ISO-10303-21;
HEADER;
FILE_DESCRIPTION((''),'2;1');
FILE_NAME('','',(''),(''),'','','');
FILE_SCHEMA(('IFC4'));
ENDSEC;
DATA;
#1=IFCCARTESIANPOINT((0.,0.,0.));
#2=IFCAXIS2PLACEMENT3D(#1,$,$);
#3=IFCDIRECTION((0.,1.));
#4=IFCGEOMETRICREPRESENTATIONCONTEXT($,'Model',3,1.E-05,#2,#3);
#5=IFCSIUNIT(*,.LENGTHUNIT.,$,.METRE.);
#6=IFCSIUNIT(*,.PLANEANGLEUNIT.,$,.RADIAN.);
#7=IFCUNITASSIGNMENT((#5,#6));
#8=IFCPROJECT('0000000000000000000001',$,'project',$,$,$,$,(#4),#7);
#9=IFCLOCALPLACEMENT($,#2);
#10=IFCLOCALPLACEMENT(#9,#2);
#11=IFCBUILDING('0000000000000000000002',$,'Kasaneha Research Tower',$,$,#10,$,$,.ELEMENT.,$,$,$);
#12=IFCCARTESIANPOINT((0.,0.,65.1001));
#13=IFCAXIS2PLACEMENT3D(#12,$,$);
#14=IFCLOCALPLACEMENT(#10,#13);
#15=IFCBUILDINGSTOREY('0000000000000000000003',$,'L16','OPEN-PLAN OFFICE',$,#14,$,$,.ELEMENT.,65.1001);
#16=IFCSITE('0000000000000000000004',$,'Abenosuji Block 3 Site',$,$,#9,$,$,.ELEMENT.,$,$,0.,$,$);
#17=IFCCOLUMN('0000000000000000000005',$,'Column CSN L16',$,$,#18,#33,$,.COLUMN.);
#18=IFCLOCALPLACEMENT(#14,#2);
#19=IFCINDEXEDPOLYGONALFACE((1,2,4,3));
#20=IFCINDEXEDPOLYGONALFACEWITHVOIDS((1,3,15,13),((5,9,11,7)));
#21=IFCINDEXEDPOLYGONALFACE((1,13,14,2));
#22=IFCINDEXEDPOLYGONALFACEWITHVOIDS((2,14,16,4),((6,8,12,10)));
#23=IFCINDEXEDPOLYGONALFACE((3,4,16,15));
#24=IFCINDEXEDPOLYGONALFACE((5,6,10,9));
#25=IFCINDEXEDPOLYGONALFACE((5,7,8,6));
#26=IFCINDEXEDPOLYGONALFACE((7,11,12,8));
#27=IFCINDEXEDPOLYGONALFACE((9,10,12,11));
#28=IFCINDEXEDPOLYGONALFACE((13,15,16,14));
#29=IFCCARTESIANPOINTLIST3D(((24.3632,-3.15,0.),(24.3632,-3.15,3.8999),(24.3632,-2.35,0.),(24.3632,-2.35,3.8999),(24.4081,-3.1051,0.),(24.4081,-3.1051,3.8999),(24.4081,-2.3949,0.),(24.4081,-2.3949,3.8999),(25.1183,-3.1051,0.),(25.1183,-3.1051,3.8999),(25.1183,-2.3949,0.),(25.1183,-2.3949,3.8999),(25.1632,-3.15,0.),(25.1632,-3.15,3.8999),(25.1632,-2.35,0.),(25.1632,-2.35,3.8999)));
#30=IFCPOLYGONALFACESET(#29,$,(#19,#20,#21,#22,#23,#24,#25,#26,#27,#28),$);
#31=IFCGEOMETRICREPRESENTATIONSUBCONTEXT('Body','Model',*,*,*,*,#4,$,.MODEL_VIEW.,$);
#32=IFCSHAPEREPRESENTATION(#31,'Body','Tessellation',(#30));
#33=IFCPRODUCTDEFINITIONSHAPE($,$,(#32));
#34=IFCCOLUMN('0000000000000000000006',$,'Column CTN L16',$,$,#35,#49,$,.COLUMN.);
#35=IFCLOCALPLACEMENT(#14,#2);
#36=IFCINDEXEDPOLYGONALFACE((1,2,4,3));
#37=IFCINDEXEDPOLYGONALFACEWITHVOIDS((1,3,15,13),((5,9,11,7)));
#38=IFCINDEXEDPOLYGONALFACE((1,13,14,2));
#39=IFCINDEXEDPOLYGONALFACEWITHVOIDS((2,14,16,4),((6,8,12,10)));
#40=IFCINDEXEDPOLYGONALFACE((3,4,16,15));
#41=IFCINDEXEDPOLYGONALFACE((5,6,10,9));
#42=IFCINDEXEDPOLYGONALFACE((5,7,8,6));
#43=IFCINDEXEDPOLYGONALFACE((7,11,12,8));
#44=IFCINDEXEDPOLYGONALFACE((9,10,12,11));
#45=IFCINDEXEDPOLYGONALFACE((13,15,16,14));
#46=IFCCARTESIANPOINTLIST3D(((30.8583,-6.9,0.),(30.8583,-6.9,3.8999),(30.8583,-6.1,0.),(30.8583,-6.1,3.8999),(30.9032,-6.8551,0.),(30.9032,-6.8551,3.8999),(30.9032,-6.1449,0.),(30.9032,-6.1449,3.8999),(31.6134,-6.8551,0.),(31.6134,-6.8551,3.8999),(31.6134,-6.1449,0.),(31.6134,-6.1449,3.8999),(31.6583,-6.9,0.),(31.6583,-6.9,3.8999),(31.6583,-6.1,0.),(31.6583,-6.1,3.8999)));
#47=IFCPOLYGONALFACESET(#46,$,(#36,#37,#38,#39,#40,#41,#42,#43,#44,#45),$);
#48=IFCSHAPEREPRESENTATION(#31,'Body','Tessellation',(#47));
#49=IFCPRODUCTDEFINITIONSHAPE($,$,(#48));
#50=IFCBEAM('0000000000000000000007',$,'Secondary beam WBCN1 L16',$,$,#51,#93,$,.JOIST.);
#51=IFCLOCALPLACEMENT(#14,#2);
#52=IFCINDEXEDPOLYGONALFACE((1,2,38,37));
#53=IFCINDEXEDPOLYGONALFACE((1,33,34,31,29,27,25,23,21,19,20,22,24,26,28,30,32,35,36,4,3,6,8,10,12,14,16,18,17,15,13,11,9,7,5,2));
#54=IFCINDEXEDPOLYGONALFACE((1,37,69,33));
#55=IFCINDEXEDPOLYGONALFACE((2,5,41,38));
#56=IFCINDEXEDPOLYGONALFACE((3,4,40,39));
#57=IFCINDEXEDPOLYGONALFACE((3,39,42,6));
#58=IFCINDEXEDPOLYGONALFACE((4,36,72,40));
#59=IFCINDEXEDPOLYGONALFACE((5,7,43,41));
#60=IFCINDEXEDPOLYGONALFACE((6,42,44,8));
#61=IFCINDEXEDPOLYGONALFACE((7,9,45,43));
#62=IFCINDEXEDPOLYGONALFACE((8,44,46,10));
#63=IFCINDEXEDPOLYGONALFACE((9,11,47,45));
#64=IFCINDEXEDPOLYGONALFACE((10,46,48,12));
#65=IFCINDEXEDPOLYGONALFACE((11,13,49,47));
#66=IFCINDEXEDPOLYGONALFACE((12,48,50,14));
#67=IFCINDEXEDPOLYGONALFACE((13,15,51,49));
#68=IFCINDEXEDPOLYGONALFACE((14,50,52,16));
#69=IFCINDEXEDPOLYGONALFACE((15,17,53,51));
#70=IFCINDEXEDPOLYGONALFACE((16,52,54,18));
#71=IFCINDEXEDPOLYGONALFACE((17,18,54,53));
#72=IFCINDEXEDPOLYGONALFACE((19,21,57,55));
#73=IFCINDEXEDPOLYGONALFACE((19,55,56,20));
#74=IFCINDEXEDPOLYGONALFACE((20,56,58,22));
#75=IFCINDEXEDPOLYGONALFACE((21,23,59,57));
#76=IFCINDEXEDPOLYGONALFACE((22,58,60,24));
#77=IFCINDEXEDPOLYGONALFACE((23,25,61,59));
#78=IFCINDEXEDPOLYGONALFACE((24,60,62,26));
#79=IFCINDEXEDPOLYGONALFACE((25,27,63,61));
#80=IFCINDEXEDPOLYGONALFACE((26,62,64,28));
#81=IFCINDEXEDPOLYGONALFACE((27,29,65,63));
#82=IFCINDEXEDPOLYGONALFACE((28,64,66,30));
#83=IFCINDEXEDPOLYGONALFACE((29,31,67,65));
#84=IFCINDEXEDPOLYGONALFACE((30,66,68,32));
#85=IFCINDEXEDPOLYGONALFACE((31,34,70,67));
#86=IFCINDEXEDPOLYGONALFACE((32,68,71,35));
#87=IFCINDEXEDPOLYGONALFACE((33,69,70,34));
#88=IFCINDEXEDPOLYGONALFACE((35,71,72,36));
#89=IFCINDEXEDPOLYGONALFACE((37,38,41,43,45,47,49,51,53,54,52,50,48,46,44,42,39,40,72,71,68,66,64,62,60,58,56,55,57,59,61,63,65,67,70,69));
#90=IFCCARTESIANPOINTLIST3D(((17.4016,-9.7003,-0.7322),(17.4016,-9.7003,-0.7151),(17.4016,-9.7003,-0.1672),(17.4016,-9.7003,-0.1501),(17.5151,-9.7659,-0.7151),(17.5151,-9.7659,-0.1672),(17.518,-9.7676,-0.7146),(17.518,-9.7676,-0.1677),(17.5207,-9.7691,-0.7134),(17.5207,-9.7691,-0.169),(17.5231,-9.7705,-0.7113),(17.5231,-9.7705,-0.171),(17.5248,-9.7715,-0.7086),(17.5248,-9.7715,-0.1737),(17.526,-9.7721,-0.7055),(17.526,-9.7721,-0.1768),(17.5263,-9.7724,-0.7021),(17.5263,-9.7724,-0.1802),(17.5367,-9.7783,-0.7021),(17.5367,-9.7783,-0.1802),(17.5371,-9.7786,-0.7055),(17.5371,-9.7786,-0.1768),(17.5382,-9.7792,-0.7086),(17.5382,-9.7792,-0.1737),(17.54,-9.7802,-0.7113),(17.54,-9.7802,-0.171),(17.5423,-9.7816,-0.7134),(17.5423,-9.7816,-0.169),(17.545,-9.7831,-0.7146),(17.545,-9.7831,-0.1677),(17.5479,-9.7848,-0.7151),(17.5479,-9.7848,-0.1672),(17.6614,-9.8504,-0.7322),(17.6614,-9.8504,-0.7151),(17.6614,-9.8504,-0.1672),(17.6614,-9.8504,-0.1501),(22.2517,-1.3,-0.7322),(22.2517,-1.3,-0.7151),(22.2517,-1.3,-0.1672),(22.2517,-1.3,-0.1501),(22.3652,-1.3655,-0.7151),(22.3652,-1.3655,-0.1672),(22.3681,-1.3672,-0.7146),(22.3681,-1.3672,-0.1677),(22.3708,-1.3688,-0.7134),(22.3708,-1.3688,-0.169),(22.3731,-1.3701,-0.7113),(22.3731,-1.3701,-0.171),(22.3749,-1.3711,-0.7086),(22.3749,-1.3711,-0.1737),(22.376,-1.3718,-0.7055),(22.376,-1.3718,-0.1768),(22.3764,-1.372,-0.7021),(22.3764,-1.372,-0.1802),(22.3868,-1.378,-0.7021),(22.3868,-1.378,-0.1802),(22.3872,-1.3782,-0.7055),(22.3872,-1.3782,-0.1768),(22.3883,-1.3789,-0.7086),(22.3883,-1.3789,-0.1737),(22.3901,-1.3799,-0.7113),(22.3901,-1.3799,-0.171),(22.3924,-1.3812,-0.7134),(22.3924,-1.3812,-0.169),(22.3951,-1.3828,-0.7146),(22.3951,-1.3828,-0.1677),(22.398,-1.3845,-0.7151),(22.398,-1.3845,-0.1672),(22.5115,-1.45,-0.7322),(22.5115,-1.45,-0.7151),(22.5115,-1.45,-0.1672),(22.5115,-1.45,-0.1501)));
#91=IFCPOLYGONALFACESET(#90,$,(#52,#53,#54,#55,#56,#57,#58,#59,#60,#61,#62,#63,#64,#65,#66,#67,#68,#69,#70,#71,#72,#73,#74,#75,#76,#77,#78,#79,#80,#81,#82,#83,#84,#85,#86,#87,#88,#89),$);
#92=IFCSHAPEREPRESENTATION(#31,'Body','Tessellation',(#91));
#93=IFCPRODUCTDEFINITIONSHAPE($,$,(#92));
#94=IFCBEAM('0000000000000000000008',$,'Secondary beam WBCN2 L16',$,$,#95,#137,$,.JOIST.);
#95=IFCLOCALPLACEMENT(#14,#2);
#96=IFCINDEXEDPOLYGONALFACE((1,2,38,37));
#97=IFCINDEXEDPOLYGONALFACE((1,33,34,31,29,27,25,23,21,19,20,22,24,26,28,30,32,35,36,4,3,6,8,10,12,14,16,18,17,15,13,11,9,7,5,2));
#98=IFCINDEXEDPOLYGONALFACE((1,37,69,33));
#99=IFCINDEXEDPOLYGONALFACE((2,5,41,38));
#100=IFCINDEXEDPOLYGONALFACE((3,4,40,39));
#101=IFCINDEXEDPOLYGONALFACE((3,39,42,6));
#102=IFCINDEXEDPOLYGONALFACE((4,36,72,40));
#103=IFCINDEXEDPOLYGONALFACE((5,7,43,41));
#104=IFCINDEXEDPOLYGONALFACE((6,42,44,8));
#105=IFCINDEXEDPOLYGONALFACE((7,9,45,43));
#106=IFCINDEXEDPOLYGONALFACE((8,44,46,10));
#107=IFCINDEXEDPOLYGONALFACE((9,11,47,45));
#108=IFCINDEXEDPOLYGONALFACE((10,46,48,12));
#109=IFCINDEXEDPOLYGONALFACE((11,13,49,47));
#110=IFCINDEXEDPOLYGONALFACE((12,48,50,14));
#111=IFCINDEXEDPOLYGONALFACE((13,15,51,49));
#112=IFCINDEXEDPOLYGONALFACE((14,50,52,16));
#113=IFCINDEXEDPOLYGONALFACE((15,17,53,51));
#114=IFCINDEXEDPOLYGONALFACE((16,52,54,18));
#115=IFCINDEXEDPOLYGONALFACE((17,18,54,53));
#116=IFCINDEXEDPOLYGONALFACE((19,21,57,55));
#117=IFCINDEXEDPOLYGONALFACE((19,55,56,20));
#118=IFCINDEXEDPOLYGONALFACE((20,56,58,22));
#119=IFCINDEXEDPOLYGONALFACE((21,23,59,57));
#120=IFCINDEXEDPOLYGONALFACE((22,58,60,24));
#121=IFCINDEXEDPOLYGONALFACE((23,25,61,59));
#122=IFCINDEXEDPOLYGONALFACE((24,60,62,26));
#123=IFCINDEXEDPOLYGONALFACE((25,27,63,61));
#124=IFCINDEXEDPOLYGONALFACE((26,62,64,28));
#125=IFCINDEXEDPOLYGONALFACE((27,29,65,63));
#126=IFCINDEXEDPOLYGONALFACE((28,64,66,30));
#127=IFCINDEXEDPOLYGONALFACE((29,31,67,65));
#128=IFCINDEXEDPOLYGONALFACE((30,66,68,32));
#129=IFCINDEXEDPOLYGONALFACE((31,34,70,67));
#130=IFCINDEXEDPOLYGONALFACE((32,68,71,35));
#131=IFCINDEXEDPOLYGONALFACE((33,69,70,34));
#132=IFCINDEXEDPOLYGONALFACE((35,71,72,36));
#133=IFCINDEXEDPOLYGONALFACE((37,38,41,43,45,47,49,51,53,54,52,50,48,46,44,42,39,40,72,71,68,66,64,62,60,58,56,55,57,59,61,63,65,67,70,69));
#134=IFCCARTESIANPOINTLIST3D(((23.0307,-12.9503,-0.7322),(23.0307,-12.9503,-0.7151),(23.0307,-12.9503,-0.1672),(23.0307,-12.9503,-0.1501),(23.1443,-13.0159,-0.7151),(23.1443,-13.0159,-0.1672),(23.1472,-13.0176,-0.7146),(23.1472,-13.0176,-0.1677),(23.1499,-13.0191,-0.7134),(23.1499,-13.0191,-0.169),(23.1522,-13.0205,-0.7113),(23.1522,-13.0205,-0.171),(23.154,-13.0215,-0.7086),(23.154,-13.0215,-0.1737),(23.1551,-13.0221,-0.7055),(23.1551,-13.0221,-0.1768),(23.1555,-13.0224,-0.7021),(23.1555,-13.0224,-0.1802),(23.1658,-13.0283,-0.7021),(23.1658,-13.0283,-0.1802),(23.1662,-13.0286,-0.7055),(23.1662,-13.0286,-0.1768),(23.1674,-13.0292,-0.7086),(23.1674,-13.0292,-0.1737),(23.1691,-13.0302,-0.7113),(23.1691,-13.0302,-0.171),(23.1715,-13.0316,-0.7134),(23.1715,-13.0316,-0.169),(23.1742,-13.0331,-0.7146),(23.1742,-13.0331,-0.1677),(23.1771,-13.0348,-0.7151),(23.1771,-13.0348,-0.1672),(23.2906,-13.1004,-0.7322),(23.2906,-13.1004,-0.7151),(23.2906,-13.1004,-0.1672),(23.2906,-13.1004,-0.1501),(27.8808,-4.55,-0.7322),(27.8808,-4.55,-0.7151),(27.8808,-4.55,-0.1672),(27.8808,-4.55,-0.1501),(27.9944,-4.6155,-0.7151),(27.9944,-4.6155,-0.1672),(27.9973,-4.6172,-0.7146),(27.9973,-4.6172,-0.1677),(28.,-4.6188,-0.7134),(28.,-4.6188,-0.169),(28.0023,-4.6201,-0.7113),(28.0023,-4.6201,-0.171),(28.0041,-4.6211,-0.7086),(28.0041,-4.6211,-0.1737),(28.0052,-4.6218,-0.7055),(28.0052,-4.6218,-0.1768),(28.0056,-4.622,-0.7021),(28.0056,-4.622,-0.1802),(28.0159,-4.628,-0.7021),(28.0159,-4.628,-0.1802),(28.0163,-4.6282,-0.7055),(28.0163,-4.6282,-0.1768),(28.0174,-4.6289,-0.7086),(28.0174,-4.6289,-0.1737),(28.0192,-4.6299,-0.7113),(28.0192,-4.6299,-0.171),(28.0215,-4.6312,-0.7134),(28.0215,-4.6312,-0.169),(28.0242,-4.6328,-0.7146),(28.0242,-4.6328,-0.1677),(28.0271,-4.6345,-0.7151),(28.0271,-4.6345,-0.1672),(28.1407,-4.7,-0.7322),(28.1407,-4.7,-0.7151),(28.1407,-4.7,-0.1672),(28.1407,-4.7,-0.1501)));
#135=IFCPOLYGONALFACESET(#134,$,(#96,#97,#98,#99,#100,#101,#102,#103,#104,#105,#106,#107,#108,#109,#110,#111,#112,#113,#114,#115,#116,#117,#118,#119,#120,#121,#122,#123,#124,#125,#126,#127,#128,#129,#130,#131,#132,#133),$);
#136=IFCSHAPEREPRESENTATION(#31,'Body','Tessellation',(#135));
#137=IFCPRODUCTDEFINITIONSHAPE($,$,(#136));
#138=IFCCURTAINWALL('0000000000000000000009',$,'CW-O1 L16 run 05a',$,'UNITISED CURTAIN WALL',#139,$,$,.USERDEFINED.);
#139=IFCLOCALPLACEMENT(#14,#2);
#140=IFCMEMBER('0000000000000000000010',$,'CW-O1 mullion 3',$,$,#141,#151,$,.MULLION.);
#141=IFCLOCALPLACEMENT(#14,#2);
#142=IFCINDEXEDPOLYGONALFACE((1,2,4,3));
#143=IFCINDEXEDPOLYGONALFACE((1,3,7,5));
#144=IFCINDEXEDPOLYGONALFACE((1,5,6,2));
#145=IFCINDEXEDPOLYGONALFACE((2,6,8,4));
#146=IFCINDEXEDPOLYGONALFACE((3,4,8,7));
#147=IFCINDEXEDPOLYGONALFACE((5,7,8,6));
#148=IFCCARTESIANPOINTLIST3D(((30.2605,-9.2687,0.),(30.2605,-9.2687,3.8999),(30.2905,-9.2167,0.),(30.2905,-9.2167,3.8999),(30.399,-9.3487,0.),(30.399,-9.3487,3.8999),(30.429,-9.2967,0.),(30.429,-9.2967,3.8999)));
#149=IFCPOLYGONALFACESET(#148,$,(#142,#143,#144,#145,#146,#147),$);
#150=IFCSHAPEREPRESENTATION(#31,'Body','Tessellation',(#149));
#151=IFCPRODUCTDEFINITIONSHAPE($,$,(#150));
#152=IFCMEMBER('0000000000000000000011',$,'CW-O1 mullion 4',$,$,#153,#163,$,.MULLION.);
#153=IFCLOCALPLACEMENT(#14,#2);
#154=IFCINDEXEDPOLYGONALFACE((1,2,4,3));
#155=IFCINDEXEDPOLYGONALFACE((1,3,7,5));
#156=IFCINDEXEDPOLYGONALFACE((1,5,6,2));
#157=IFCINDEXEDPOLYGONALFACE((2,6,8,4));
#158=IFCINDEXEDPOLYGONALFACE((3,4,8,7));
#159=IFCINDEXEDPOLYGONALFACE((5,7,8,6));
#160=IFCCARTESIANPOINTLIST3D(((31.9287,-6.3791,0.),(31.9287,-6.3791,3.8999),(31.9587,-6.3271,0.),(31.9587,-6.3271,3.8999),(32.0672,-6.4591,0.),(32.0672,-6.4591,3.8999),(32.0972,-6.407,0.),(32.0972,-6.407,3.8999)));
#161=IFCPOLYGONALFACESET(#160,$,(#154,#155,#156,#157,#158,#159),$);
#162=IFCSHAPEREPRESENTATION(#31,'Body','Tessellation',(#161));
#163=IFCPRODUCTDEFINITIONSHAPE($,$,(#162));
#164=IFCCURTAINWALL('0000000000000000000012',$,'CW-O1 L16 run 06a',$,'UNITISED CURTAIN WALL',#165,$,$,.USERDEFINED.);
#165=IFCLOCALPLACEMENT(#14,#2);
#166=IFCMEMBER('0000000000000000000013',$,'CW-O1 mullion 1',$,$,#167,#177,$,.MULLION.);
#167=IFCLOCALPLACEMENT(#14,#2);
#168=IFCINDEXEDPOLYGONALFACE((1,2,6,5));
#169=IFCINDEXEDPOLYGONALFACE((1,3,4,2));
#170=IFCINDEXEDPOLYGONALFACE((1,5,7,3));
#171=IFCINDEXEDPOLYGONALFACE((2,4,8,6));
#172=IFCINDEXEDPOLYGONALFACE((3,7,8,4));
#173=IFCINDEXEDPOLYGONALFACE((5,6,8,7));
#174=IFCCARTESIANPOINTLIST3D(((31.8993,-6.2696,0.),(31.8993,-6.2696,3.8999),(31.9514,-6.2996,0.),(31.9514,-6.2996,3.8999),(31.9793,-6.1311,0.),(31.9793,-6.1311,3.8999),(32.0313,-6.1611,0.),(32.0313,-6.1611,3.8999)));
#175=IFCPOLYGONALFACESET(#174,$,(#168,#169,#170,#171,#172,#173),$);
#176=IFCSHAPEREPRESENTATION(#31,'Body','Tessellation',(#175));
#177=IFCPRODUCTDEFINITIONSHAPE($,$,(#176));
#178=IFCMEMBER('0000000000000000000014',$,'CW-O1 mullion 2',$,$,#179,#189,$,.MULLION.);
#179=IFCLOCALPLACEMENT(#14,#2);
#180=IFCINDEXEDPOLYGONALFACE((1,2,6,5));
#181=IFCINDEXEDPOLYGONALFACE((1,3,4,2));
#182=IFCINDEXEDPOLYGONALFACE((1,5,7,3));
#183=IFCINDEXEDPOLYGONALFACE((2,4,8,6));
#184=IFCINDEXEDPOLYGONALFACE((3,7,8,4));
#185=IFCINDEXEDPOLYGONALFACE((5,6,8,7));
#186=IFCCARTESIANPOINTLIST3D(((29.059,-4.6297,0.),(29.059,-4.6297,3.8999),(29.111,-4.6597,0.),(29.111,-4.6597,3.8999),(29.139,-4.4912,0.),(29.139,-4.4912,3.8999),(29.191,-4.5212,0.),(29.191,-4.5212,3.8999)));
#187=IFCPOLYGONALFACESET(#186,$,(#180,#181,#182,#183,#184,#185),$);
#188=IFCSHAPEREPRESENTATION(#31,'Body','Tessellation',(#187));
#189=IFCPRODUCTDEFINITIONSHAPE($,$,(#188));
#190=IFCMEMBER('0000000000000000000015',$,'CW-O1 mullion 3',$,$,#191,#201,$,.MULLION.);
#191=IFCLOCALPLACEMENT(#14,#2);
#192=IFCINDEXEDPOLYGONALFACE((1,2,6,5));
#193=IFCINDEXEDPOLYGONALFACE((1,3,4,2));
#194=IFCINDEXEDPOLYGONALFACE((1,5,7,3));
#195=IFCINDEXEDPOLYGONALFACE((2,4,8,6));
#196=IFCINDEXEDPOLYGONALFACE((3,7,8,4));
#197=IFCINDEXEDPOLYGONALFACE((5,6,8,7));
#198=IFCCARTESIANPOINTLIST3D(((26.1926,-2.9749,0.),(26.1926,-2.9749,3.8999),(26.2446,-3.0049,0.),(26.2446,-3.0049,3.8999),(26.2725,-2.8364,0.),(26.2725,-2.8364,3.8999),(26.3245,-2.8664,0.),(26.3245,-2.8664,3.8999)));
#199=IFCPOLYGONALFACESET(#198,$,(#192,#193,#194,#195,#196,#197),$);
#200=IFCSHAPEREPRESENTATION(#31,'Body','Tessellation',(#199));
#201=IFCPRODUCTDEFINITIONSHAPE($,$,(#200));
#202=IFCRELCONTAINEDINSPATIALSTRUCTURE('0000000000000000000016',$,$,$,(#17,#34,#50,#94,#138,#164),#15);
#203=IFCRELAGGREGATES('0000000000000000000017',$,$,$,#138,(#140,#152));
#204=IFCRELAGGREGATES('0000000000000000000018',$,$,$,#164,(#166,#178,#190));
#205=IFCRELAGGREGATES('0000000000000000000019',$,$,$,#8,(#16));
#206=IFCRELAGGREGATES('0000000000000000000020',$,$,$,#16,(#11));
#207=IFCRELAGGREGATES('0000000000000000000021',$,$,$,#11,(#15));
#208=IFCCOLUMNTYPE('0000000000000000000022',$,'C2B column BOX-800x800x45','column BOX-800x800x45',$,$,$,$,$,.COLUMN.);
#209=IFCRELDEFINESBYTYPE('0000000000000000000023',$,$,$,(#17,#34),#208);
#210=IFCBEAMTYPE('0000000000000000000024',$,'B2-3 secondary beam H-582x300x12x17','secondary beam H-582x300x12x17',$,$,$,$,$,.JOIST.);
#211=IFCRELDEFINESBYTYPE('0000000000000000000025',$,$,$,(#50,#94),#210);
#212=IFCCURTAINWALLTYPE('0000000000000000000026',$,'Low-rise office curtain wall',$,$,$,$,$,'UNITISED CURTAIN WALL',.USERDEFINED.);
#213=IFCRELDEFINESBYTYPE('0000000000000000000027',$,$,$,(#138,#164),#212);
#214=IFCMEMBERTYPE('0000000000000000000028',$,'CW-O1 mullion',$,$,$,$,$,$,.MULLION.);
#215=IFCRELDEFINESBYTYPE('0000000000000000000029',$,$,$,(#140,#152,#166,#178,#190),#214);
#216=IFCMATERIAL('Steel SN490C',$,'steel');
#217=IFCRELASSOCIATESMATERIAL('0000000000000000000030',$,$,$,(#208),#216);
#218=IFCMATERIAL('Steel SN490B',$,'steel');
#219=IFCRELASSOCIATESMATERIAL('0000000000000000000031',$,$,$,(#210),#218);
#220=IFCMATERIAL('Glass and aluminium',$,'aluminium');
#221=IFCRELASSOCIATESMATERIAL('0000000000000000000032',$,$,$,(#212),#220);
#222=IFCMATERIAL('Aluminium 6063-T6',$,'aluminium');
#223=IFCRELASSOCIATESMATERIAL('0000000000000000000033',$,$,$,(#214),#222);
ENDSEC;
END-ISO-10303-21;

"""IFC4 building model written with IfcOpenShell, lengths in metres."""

from ifc_helpers import new_model, si_unit, direction, frame, origin, origin_2d, place, context, subcontext, project, spatial, rectangle, hollow_rectangle, i_section, extrude, material, material_profile, profile_set, type_object, element, aggregate, save


model = new_model("IFC4")

# Units and contexts
model_context = context("Model", 3, precision=1e-05, world=origin(), true_north=direction((0.0, 1.0)))
body_context = subcontext(model_context, "Body", "Model", "MODEL_VIEW")
ifc_project = project(units=[si_unit("LENGTHUNIT", "METRE"), si_unit("PLANEANGLEUNIT", "RADIAN")], contexts=[model_context])

# Site, building, storey
site_placement = place(None, origin())
site = spatial("IfcSite", under=ifc_project, at=site_placement, Name="Abenosuji Block 3 Site", CompositionType="ELEMENT", RefElevation=0.0)
building_placement = place(site_placement, origin())
building = spatial("IfcBuilding", under=site, at=building_placement, Name="Kasaneha Research Tower", CompositionType="ELEMENT")
storey_placement = place(building_placement, frame((0.0, 0.0, 65.1001)))
storey = spatial("IfcBuildingStorey", under=building, at=storey_placement, Name="L16", Description="OPEN-PLAN OFFICE", CompositionType="ELEMENT", Elevation=65.1001)

# Columns
ifc_material_1 = material(Name="Steel SN490C", Category="steel")
ifc_material_profile_1 = material_profile(ifc_material_1, hollow_rectangle(XDim=0.8, YDim=0.8, WallThickness=0.0449, at=origin_2d()), Name="BOX-800x800x45")
ifc_profile_set_1 = profile_set([ifc_material_profile_1], Name="Steel SN490C")
column_type = type_object("IfcColumnType", Name="C2B column BOX-800x800x45", Description="column BOX-800x800x45", PredefinedType="COLUMN", material=ifc_profile_set_1)
for number, where, z_axis, x_axis, name in (
    (1, (24.7632, -2.75, 0.0), (0.0, 0.0, 1.0), (1.0, 0.0, 0.0), "Column CSN L16"),
    (2, (31.2583, -6.5, 0.0), (0.0, 0.0, 1.0), (1.0, 0.0, 0.0), "Column CTN L16"),
):
    element("IfcColumn", number, at=place(storey_placement, frame(where, z_axis=z_axis, x_axis=x_axis)), inside=storey, type_object=column_type, Name=name, PredefinedType="COLUMN", context=body_context, shape_type="SweptSolid", body=[
        extrude(hollow_rectangle(XDim=0.8, YDim=0.8, WallThickness=0.0449, at=origin_2d()), origin(), (0.0, 0.0, 1.0), 3.8999),
    ])

# Beams
ifc_material_2 = material(Name="Steel SN490B", Category="steel")
ifc_material_profile_2 = material_profile(ifc_material_2, i_section(OverallWidth=0.3, OverallDepth=0.582, WebThickness=0.012, FlangeThickness=0.0171, FilletRadius=0.0129, at=origin_2d()), Name="H-582x300x12x17")
ifc_profile_set_2 = profile_set([ifc_material_profile_2], Name="Steel SN490B")
beam_type_1 = type_object("IfcBeamType", Name="B2-3 secondary beam H-582x300x12x17", Description="secondary beam H-582x300x12x17", PredefinedType="JOIST", material=ifc_profile_set_2)
for number, where, z_axis, x_axis, name in (
    (3, (22.3816, -1.375, -0.4412), (-0.50001, -0.86602, 0.0), (0.86602, -0.50001, 0.0), "Secondary beam WBCN1 L16"),
    (4, (28.0107, -4.625, -0.4412), (-0.50001, -0.86602, 0.0), (0.86602, -0.50001, 0.0), "Secondary beam WBCN2 L16"),
):
    element("IfcBeam", number, at=place(storey_placement, frame(where, z_axis=z_axis, x_axis=x_axis)), inside=storey, type_object=beam_type_1, Name=name, PredefinedType="JOIST", context=body_context, shape_type="SweptSolid", body=[
        extrude(i_section(OverallWidth=0.3, OverallDepth=0.582, WebThickness=0.012, FlangeThickness=0.0171, FilletRadius=0.0129, at=origin_2d()), origin(), (0.0, 0.0, 1.0), 9.7),
    ])

# Curtain walls, members
ifc_material_3 = material(Name="Glass and aluminium", Category="aluminium")
curtain_wall_type = type_object("IfcCurtainWallType", Name="Low-rise office curtain wall", ElementType="UNITISED CURTAIN WALL", PredefinedType="USERDEFINED", material=ifc_material_3)
curtain_wall_1_placement = place(storey_placement, origin())
curtain_wall_1 = element("IfcCurtainWall", 5, at=curtain_wall_1_placement, inside=storey, type_object=curtain_wall_type, Name="CW-O1 L16 run 05a", ObjectType="UNITISED CURTAIN WALL", PredefinedType="USERDEFINED")
ifc_material_4 = material(Name="Aluminium 6063-T6", Category="aluminium")
ifc_material_profile_3 = material_profile(ifc_material_4, rectangle(XDim=0.0601, YDim=0.1599, at=origin_2d()), Name="CW-O1 mullion 60x160")
ifc_profile_set_3 = profile_set([ifc_material_profile_3], Name="Aluminium 6063-T6")
member_type_1 = type_object("IfcMemberType", Name="CW-O1 mullion", PredefinedType="MULLION", material=ifc_profile_set_3)
member_1_placement = place(storey_placement, frame((30.3447, -9.2827, 0.0), z_axis=(0.0, 0.0, 1.0), x_axis=(0.5, 0.866025, 0.0)))
member_1 = element("IfcMember", 6, at=member_1_placement, type_object=member_type_1, Name="CW-O1 mullion 3", PredefinedType="MULLION", context=body_context, shape_type="SweptSolid", body=[
    extrude(rectangle(XDim=0.0601, YDim=0.1599, at=origin_2d()), origin(), (0.0, 0.0, 1.0), 3.8999),
])
member_2_placement = place(storey_placement, frame((32.0129, -6.3931, 0.0), z_axis=(0.0, 0.0, 1.0), x_axis=(0.5, 0.866025, 0.0)))
member_2 = element("IfcMember", 7, at=member_2_placement, type_object=member_type_1, Name="CW-O1 mullion 4", PredefinedType="MULLION", context=body_context, shape_type="SweptSolid", body=[
    extrude(rectangle(XDim=0.0601, YDim=0.1599, at=origin_2d()), origin(), (0.0, 0.0, 1.0), 3.8999),
])
curtain_wall_2_placement = place(storey_placement, origin())
curtain_wall_2 = element("IfcCurtainWall", 8, at=curtain_wall_2_placement, inside=storey, type_object=curtain_wall_type, Name="CW-O1 L16 run 06a", ObjectType="UNITISED CURTAIN WALL", PredefinedType="USERDEFINED")
member_3_placement = place(storey_placement, frame((31.9653, -6.2153, 0.0), z_axis=(0.0, 0.0, 1.0), x_axis=(-0.866025, 0.5, 0.0)))
member_3 = element("IfcMember", 9, at=member_3_placement, type_object=member_type_1, Name="CW-O1 mullion 1", PredefinedType="MULLION", context=body_context, shape_type="SweptSolid", body=[
    extrude(rectangle(XDim=0.0601, YDim=0.1599, at=origin_2d()), origin(), (0.0, 0.0, 1.0), 3.8999),
])
member_4_placement = place(storey_placement, frame((29.125, -4.5754, 0.0), z_axis=(0.0, 0.0, 1.0), x_axis=(-0.866025, 0.5, 0.0)))
member_4 = element("IfcMember", 10, at=member_4_placement, type_object=member_type_1, Name="CW-O1 mullion 2", PredefinedType="MULLION", context=body_context, shape_type="SweptSolid", body=[
    extrude(rectangle(XDim=0.0601, YDim=0.1599, at=origin_2d()), origin(), (0.0, 0.0, 1.0), 3.8999),
])
member_5_placement = place(storey_placement, frame((26.2585, -2.9207, 0.0), z_axis=(0.0, 0.0, 1.0), x_axis=(-0.866025, 0.5, 0.0)))
member_5 = element("IfcMember", 11, at=member_5_placement, type_object=member_type_1, Name="CW-O1 mullion 3", PredefinedType="MULLION", context=body_context, shape_type="SweptSolid", body=[
    extrude(rectangle(XDim=0.0601, YDim=0.1599, at=origin_2d()), origin(), (0.0, 0.0, 1.0), 3.8999),
])

aggregate(curtain_wall_1, [member_1, member_2])
aggregate(curtain_wall_2, [member_3, member_4, member_5])

save(model, "model.ifc")
